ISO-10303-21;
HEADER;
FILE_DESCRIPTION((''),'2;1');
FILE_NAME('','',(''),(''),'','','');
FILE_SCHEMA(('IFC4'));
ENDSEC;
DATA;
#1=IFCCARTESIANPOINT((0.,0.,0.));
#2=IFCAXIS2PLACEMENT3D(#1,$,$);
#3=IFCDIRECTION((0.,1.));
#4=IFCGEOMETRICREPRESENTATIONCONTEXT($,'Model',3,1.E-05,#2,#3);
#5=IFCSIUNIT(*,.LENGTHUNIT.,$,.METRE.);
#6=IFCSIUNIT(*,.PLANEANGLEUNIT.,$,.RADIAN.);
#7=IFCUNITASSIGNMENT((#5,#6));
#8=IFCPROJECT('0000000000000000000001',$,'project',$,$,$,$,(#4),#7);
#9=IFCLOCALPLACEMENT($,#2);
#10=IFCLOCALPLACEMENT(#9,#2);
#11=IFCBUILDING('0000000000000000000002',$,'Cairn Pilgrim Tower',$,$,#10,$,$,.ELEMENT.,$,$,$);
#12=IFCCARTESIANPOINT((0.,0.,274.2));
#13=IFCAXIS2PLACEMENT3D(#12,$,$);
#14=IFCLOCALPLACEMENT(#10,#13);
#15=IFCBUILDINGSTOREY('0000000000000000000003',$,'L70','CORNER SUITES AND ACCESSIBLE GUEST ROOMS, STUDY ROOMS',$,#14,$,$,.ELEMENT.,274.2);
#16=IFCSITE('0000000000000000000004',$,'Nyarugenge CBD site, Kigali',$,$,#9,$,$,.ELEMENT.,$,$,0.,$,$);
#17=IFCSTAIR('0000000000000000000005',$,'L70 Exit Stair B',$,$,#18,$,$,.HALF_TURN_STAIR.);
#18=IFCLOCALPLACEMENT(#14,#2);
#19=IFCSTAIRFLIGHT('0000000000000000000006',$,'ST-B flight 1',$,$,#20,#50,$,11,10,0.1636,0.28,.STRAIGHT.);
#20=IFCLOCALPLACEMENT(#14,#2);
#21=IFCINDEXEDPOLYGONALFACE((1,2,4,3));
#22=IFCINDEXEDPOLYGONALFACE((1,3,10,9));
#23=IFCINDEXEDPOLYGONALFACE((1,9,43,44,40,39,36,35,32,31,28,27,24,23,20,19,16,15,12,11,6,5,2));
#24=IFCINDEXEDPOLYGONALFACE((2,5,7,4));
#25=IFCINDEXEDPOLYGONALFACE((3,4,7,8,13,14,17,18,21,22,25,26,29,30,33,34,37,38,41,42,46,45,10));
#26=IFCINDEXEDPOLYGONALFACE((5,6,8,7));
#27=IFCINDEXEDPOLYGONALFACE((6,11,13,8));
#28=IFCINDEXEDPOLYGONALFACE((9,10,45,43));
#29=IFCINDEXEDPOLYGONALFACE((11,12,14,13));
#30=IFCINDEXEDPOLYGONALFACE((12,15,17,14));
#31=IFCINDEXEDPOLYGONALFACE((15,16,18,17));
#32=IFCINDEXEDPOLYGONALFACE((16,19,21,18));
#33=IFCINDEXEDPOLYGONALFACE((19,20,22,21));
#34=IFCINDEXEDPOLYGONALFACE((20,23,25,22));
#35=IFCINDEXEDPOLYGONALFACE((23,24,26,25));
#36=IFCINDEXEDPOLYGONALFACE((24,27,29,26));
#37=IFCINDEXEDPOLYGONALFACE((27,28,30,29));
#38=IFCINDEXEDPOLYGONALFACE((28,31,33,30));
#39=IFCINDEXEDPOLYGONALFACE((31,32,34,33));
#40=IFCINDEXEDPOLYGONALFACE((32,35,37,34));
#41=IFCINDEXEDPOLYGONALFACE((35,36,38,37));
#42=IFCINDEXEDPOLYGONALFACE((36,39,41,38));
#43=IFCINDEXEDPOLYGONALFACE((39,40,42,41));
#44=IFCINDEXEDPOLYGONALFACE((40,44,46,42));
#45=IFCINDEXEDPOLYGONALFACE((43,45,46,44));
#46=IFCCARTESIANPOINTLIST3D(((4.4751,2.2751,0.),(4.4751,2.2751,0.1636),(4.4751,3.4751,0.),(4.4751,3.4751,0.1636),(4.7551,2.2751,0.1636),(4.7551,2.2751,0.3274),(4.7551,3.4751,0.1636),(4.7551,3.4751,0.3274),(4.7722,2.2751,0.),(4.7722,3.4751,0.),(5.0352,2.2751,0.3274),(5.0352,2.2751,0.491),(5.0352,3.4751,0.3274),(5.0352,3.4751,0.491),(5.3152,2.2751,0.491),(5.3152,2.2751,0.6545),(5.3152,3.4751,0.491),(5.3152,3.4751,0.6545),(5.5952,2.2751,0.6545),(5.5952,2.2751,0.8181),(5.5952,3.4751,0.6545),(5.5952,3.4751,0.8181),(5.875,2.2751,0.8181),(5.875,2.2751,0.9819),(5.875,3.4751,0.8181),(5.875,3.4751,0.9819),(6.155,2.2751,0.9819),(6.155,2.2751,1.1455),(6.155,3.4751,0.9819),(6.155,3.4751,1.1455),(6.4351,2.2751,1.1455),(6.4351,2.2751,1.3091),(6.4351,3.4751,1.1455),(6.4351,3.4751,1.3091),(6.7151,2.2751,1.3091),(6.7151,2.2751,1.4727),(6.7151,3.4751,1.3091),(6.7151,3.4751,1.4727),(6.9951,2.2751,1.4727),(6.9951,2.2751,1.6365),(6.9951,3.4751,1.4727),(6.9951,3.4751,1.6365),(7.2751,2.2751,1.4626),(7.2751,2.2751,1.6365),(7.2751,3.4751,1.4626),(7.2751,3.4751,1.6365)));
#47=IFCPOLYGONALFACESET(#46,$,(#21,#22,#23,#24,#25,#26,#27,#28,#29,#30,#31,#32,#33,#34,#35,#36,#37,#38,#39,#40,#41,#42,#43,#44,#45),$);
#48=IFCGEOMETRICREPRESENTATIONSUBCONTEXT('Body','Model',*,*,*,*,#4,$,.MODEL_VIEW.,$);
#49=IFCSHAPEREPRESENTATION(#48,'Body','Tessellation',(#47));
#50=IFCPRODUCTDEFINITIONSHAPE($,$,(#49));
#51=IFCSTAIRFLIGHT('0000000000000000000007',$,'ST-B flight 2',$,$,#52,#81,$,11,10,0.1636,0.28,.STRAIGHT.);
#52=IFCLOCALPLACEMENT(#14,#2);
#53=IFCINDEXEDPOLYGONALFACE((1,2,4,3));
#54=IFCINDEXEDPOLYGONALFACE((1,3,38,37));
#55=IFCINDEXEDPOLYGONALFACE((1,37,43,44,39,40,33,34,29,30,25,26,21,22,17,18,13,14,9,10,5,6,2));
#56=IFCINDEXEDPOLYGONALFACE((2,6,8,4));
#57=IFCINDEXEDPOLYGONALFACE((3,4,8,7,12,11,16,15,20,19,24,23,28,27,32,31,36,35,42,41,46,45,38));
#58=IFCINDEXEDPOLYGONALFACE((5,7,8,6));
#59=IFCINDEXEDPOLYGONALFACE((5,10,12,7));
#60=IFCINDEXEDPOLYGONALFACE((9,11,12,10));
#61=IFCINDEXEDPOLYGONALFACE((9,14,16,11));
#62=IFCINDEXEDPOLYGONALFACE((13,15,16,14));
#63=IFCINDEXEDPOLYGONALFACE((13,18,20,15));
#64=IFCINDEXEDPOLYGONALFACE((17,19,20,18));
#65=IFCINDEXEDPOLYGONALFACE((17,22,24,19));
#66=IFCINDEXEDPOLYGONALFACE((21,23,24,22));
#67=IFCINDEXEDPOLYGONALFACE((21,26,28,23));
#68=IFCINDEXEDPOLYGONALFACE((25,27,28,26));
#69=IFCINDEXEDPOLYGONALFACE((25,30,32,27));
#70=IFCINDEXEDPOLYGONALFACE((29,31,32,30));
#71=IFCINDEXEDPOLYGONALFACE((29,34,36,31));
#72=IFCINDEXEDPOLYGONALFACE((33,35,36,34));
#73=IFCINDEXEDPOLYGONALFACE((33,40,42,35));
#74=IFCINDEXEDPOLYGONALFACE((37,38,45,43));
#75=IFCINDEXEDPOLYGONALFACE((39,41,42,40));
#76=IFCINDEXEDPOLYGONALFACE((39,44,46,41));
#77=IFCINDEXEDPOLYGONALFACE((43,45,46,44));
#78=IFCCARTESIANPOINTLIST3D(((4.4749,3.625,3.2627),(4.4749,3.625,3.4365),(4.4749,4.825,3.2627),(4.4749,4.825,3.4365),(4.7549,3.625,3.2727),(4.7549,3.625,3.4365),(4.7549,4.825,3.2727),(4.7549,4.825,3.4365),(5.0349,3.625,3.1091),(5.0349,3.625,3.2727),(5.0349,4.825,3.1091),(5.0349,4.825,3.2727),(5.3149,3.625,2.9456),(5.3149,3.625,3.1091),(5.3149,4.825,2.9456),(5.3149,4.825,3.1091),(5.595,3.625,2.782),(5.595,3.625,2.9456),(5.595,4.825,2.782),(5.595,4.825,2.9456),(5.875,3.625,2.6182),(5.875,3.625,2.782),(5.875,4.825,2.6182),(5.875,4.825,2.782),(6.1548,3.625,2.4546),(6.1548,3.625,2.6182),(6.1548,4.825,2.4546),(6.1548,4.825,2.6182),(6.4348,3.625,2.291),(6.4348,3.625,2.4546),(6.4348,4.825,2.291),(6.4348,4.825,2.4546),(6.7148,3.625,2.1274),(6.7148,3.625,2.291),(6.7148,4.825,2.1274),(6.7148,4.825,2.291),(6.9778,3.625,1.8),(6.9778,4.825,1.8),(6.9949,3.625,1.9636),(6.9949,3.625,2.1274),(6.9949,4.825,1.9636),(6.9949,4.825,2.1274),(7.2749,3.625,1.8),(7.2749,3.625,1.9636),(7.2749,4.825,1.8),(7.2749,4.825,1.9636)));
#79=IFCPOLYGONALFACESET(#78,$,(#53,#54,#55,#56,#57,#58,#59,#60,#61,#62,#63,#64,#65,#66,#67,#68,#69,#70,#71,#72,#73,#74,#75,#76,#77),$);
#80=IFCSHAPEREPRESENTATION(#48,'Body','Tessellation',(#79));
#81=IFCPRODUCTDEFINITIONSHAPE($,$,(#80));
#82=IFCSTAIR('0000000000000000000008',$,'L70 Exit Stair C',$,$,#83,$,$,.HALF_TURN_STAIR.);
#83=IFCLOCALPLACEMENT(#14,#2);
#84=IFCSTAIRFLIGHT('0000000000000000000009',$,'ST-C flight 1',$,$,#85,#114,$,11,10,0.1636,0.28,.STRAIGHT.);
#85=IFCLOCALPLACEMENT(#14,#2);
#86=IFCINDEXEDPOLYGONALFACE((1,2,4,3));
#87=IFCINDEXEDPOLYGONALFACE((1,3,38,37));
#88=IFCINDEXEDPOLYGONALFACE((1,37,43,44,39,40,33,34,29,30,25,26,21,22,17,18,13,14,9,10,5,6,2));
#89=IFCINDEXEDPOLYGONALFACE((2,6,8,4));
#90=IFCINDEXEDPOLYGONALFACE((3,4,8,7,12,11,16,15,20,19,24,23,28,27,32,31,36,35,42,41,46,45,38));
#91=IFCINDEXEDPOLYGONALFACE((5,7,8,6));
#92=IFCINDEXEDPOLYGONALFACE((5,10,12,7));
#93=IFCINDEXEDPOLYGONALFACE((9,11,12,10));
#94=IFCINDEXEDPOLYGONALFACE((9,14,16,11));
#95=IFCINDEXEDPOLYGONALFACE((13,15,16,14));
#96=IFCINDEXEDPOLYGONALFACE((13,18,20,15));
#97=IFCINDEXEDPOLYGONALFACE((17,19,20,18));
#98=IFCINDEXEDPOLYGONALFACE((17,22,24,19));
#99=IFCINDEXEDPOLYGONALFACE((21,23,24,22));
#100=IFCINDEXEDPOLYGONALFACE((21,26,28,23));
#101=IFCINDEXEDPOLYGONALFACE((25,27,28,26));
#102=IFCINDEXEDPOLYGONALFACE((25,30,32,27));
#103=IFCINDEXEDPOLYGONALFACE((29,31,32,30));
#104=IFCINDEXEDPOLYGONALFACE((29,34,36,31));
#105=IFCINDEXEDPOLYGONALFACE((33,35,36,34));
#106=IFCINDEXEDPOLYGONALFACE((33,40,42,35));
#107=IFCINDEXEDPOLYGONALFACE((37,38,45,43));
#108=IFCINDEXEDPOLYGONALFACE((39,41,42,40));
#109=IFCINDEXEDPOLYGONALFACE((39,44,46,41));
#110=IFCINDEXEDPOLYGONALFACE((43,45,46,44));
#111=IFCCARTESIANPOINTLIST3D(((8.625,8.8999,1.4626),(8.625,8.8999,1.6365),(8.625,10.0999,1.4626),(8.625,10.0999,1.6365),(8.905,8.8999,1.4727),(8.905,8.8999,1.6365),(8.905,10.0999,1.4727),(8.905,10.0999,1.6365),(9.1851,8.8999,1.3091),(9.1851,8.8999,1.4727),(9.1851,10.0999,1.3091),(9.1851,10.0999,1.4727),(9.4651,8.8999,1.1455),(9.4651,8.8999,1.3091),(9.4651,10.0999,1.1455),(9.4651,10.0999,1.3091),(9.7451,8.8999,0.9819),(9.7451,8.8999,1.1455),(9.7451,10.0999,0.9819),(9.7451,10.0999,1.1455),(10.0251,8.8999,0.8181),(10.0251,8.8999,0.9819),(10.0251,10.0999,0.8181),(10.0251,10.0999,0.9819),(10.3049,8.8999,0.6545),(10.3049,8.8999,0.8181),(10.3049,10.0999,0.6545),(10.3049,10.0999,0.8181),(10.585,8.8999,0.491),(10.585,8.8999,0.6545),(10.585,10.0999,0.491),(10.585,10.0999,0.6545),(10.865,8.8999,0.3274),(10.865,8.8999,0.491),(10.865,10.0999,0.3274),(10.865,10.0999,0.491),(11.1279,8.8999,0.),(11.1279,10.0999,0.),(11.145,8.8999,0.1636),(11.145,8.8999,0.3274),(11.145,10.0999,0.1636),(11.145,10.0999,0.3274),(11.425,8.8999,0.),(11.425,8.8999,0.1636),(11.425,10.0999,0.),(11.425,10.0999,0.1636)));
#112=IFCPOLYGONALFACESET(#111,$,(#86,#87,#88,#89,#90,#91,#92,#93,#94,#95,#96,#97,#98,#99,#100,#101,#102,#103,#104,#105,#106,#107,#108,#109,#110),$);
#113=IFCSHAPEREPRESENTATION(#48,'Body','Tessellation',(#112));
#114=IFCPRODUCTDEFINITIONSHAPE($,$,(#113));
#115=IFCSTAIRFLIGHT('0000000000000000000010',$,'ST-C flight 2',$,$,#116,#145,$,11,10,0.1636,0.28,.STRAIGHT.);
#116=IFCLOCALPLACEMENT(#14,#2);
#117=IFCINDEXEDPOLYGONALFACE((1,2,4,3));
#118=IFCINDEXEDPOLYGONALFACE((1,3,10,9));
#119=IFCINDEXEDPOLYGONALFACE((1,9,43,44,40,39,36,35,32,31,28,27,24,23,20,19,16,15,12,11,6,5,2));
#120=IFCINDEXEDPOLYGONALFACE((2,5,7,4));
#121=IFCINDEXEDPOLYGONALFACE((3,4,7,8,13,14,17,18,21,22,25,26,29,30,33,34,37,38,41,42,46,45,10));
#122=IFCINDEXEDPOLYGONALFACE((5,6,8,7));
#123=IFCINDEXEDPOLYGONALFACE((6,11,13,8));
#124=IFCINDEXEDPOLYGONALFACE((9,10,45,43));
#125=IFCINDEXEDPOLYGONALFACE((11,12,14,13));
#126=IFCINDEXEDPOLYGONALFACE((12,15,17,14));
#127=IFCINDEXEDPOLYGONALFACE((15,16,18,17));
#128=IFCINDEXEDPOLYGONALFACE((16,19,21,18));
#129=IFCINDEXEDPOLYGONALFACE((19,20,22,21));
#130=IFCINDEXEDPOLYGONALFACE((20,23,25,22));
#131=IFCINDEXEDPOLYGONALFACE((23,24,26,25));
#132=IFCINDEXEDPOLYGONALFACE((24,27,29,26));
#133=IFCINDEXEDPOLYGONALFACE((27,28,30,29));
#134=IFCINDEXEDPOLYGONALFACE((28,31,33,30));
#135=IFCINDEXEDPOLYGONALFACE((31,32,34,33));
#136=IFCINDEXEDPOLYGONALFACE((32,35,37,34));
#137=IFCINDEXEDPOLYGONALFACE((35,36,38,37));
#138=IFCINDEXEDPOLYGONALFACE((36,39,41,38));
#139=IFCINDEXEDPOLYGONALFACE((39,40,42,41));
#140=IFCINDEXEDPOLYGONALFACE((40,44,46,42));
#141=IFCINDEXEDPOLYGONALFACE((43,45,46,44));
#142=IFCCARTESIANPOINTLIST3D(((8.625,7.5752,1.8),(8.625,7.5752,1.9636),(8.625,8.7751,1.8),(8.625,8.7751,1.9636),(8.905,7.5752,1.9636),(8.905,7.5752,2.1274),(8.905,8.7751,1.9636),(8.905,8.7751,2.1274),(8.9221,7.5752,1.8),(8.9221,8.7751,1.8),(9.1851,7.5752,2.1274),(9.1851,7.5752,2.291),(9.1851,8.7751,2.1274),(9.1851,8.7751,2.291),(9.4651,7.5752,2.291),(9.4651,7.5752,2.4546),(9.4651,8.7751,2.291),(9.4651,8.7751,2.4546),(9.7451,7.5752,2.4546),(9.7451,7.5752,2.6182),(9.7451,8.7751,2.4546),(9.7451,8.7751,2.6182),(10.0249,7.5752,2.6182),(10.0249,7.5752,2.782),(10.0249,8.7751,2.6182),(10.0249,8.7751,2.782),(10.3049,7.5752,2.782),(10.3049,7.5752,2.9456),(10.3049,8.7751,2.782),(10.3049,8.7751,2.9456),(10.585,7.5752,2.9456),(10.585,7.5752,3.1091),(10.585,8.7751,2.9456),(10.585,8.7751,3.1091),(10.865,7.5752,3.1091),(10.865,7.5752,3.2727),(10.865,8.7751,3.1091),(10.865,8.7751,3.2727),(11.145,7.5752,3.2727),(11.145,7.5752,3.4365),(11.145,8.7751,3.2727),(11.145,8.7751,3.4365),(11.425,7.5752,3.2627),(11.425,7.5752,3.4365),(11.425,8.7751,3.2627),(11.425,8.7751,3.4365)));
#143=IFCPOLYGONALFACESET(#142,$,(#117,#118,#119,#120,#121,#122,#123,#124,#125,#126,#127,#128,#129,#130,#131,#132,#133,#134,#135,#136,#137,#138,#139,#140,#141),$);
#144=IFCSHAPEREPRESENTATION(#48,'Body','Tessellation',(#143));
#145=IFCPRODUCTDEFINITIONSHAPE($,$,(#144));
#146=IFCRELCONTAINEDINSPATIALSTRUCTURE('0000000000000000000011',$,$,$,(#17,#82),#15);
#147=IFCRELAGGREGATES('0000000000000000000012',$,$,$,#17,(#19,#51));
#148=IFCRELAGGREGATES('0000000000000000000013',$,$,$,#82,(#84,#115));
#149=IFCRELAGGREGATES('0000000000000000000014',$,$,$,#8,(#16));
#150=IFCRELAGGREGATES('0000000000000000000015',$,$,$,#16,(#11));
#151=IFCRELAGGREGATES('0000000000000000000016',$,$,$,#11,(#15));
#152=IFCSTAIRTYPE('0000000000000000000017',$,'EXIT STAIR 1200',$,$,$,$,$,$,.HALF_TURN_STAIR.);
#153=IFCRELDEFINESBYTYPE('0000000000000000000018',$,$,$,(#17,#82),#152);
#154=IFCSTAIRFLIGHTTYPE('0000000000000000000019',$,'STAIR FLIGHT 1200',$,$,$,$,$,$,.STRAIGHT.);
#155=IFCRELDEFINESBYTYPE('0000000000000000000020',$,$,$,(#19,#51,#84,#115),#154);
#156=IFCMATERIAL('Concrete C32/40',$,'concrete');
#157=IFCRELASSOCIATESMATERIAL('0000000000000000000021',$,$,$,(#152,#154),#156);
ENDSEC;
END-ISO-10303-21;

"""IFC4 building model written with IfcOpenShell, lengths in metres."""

from ifc_helpers import new_model, si_unit, direction, frame, origin, place, context, subcontext, project, spatial, polyline, outline, extrude, material, type_object, element, aggregate, save


model = new_model("IFC4")

# Units and contexts
model_context = context("Model", 3, precision=1e-05, world=origin(), true_north=direction((0.0, 1.0)))
body_context = subcontext(model_context, "Body", "Model", "MODEL_VIEW")
ifc_project = project(units=[si_unit("LENGTHUNIT", "METRE"), si_unit("PLANEANGLEUNIT", "RADIAN")], contexts=[model_context])

# Site, building, storey
site_placement = place(None, origin())
site = spatial("IfcSite", under=ifc_project, at=site_placement, Name="Nyarugenge CBD site, Kigali", CompositionType="ELEMENT", RefElevation=0.0)
building_placement = place(site_placement, origin())
building = spatial("IfcBuilding", under=site, at=building_placement, Name="Cairn Pilgrim Tower", CompositionType="ELEMENT")
storey_placement = place(building_placement, frame((0.0, 0.0, 274.2)))
storey = spatial("IfcBuildingStorey", under=building, at=storey_placement, Name="L70", Description="CORNER SUITES AND ACCESSIBLE GUEST ROOMS, STUDY ROOMS", CompositionType="ELEMENT", Elevation=274.2)

# Shared definitions
ifc_material_1 = material(Name="Concrete C32/40", Category="concrete")

# Stairs, stair flights
stair_type = type_object("IfcStairType", Name="EXIT STAIR 1200", PredefinedType="HALF_TURN_STAIR", material=ifc_material_1)
stair_1_placement = place(storey_placement, origin())
stair_1 = element("IfcStair", 1, at=stair_1_placement, inside=storey, type_object=stair_type, Name="L70 Exit Stair B", PredefinedType="HALF_TURN_STAIR")
stair_flight_type = type_object("IfcStairFlightType", Name="STAIR FLIGHT 1200", PredefinedType="STRAIGHT", material=ifc_material_1)
stair_flight_1_placement = place(storey_placement, frame((4.4751, 2.875, 0.0), z_axis=(0.0, 0.0, 1.0), x_axis=(1.0, 0.0, 0.0)))
stair_flight_1 = element("IfcStairFlight", 2, at=stair_flight_1_placement, type_object=stair_flight_type, Name="ST-B flight 1", NumberOfRisers=11, NumberOfTreads=10, PredefinedType="STRAIGHT", RiserHeight=0.1636, TreadLength=0.28, context=body_context, shape_type="SweptSolid", body=[
    extrude(outline(polyline([(0.0, 0.0), (0.0, 0.1636), (0.28, 0.1636), (0.28, 0.3274), (0.5601, 0.3274), (0.5601, 0.491), (0.8401, 0.491), (0.8401, 0.6545), (1.1201, 0.6545), (1.1201, 0.8181), (1.3999, 0.8181), (1.3999, 0.9819), (1.6799, 0.9819), (1.6799, 1.1455), (1.96, 1.1455), (1.96, 1.3091), (2.24, 1.3091), (2.24, 1.4727), (2.52, 1.4727), (2.52, 1.6365), (2.8, 1.6365), (2.8, 1.8), (2.8, 1.4626), (0.2971, 0.0), (0.0, 0.0)])), frame((0.0, 0.6001, 0.0), z_axis=(0.0, -1.0, 0.0), x_axis=(1.0, 0.0, 0.0)), (0.0, 0.0, 1.0), 1.2),
])
stair_flight_2_placement = place(storey_placement, frame((7.2749, 4.2251, 1.8), z_axis=(0.0, 0.0, 1.0), x_axis=(-1.0, 0.0, 0.0)))
stair_flight_2 = element("IfcStairFlight", 3, at=stair_flight_2_placement, type_object=stair_flight_type, Name="ST-B flight 2", NumberOfRisers=11, NumberOfTreads=10, PredefinedType="STRAIGHT", RiserHeight=0.1636, TreadLength=0.28, context=body_context, shape_type="SweptSolid", body=[
    extrude(outline(polyline([(0.0, 0.0), (0.0, 0.1636), (0.28, 0.1636), (0.28, 0.3274), (0.5601, 0.3274), (0.5601, 0.491), (0.8401, 0.491), (0.8401, 0.6545), (1.1201, 0.6545), (1.1201, 0.8181), (1.3999, 0.8181), (1.3999, 0.9819), (1.6799, 0.9819), (1.6799, 1.1455), (1.96, 1.1455), (1.96, 1.3091), (2.24, 1.3091), (2.24, 1.4727), (2.52, 1.4727), (2.52, 1.6365), (2.8, 1.6365), (2.8, 1.8), (2.8, 1.4626), (0.2971, 0.0), (0.0, 0.0)])), frame((0.0, 0.6001, 0.0), z_axis=(0.0, -1.0, 0.0), x_axis=(1.0, 0.0, 0.0)), (0.0, 0.0, 1.0), 1.2),
])
aggregate(stair_1, [stair_flight_1, stair_flight_2])
stair_2_placement = place(storey_placement, origin())
stair_2 = element("IfcStair", 4, at=stair_2_placement, inside=storey, type_object=stair_type, Name="L70 Exit Stair C", PredefinedType="HALF_TURN_STAIR")
stair_flight_3_placement = place(storey_placement, frame((11.425, 9.5, 0.0), z_axis=(0.0, 0.0, 1.0), x_axis=(-1.0, 0.0, 0.0)))
stair_flight_3 = element("IfcStairFlight", 5, at=stair_flight_3_placement, type_object=stair_flight_type, Name="ST-C flight 1", NumberOfRisers=11, NumberOfTreads=10, PredefinedType="STRAIGHT", RiserHeight=0.1636, TreadLength=0.28, context=body_context, shape_type="SweptSolid", body=[
    extrude(outline(polyline([(0.0, 0.0), (0.0, 0.1636), (0.28, 0.1636), (0.28, 0.3274), (0.5601, 0.3274), (0.5601, 0.491), (0.8401, 0.491), (0.8401, 0.6545), (1.1201, 0.6545), (1.1201, 0.8181), (1.3999, 0.8181), (1.3999, 0.9819), (1.6799, 0.9819), (1.6799, 1.1455), (1.96, 1.1455), (1.96, 1.3091), (2.24, 1.3091), (2.24, 1.4727), (2.52, 1.4727), (2.52, 1.6365), (2.8, 1.6365), (2.8, 1.8), (2.8, 1.4626), (0.2971, 0.0), (0.0, 0.0)])), frame((0.0, 0.6001, 0.0), z_axis=(0.0, -1.0, 0.0), x_axis=(1.0, 0.0, 0.0)), (0.0, 0.0, 1.0), 1.2),
])
stair_flight_4_placement = place(storey_placement, frame((8.625, 8.175, 1.8), z_axis=(0.0, 0.0, 1.0), x_axis=(1.0, 0.0, 0.0)))
stair_flight_4 = element("IfcStairFlight", 6, at=stair_flight_4_placement, type_object=stair_flight_type, Name="ST-C flight 2", NumberOfRisers=11, NumberOfTreads=10, PredefinedType="STRAIGHT", RiserHeight=0.1636, TreadLength=0.28, context=body_context, shape_type="SweptSolid", body=[
    extrude(outline(polyline([(0.0, 0.0), (0.0, 0.1636), (0.28, 0.1636), (0.28, 0.3274), (0.5601, 0.3274), (0.5601, 0.491), (0.8401, 0.491), (0.8401, 0.6545), (1.1201, 0.6545), (1.1201, 0.8181), (1.3999, 0.8181), (1.3999, 0.9819), (1.6799, 0.9819), (1.6799, 1.1455), (1.96, 1.1455), (1.96, 1.3091), (2.24, 1.3091), (2.24, 1.4727), (2.52, 1.4727), (2.52, 1.6365), (2.8, 1.6365), (2.8, 1.8), (2.8, 1.4626), (0.2971, 0.0), (0.0, 0.0)])), frame((0.0, 0.6001, 0.0), z_axis=(0.0, -1.0, 0.0), x_axis=(1.0, 0.0, 0.0)), (0.0, 0.0, 1.0), 1.2),
])
aggregate(stair_2, [stair_flight_3, stair_flight_4])

save(model, "model.ifc")
